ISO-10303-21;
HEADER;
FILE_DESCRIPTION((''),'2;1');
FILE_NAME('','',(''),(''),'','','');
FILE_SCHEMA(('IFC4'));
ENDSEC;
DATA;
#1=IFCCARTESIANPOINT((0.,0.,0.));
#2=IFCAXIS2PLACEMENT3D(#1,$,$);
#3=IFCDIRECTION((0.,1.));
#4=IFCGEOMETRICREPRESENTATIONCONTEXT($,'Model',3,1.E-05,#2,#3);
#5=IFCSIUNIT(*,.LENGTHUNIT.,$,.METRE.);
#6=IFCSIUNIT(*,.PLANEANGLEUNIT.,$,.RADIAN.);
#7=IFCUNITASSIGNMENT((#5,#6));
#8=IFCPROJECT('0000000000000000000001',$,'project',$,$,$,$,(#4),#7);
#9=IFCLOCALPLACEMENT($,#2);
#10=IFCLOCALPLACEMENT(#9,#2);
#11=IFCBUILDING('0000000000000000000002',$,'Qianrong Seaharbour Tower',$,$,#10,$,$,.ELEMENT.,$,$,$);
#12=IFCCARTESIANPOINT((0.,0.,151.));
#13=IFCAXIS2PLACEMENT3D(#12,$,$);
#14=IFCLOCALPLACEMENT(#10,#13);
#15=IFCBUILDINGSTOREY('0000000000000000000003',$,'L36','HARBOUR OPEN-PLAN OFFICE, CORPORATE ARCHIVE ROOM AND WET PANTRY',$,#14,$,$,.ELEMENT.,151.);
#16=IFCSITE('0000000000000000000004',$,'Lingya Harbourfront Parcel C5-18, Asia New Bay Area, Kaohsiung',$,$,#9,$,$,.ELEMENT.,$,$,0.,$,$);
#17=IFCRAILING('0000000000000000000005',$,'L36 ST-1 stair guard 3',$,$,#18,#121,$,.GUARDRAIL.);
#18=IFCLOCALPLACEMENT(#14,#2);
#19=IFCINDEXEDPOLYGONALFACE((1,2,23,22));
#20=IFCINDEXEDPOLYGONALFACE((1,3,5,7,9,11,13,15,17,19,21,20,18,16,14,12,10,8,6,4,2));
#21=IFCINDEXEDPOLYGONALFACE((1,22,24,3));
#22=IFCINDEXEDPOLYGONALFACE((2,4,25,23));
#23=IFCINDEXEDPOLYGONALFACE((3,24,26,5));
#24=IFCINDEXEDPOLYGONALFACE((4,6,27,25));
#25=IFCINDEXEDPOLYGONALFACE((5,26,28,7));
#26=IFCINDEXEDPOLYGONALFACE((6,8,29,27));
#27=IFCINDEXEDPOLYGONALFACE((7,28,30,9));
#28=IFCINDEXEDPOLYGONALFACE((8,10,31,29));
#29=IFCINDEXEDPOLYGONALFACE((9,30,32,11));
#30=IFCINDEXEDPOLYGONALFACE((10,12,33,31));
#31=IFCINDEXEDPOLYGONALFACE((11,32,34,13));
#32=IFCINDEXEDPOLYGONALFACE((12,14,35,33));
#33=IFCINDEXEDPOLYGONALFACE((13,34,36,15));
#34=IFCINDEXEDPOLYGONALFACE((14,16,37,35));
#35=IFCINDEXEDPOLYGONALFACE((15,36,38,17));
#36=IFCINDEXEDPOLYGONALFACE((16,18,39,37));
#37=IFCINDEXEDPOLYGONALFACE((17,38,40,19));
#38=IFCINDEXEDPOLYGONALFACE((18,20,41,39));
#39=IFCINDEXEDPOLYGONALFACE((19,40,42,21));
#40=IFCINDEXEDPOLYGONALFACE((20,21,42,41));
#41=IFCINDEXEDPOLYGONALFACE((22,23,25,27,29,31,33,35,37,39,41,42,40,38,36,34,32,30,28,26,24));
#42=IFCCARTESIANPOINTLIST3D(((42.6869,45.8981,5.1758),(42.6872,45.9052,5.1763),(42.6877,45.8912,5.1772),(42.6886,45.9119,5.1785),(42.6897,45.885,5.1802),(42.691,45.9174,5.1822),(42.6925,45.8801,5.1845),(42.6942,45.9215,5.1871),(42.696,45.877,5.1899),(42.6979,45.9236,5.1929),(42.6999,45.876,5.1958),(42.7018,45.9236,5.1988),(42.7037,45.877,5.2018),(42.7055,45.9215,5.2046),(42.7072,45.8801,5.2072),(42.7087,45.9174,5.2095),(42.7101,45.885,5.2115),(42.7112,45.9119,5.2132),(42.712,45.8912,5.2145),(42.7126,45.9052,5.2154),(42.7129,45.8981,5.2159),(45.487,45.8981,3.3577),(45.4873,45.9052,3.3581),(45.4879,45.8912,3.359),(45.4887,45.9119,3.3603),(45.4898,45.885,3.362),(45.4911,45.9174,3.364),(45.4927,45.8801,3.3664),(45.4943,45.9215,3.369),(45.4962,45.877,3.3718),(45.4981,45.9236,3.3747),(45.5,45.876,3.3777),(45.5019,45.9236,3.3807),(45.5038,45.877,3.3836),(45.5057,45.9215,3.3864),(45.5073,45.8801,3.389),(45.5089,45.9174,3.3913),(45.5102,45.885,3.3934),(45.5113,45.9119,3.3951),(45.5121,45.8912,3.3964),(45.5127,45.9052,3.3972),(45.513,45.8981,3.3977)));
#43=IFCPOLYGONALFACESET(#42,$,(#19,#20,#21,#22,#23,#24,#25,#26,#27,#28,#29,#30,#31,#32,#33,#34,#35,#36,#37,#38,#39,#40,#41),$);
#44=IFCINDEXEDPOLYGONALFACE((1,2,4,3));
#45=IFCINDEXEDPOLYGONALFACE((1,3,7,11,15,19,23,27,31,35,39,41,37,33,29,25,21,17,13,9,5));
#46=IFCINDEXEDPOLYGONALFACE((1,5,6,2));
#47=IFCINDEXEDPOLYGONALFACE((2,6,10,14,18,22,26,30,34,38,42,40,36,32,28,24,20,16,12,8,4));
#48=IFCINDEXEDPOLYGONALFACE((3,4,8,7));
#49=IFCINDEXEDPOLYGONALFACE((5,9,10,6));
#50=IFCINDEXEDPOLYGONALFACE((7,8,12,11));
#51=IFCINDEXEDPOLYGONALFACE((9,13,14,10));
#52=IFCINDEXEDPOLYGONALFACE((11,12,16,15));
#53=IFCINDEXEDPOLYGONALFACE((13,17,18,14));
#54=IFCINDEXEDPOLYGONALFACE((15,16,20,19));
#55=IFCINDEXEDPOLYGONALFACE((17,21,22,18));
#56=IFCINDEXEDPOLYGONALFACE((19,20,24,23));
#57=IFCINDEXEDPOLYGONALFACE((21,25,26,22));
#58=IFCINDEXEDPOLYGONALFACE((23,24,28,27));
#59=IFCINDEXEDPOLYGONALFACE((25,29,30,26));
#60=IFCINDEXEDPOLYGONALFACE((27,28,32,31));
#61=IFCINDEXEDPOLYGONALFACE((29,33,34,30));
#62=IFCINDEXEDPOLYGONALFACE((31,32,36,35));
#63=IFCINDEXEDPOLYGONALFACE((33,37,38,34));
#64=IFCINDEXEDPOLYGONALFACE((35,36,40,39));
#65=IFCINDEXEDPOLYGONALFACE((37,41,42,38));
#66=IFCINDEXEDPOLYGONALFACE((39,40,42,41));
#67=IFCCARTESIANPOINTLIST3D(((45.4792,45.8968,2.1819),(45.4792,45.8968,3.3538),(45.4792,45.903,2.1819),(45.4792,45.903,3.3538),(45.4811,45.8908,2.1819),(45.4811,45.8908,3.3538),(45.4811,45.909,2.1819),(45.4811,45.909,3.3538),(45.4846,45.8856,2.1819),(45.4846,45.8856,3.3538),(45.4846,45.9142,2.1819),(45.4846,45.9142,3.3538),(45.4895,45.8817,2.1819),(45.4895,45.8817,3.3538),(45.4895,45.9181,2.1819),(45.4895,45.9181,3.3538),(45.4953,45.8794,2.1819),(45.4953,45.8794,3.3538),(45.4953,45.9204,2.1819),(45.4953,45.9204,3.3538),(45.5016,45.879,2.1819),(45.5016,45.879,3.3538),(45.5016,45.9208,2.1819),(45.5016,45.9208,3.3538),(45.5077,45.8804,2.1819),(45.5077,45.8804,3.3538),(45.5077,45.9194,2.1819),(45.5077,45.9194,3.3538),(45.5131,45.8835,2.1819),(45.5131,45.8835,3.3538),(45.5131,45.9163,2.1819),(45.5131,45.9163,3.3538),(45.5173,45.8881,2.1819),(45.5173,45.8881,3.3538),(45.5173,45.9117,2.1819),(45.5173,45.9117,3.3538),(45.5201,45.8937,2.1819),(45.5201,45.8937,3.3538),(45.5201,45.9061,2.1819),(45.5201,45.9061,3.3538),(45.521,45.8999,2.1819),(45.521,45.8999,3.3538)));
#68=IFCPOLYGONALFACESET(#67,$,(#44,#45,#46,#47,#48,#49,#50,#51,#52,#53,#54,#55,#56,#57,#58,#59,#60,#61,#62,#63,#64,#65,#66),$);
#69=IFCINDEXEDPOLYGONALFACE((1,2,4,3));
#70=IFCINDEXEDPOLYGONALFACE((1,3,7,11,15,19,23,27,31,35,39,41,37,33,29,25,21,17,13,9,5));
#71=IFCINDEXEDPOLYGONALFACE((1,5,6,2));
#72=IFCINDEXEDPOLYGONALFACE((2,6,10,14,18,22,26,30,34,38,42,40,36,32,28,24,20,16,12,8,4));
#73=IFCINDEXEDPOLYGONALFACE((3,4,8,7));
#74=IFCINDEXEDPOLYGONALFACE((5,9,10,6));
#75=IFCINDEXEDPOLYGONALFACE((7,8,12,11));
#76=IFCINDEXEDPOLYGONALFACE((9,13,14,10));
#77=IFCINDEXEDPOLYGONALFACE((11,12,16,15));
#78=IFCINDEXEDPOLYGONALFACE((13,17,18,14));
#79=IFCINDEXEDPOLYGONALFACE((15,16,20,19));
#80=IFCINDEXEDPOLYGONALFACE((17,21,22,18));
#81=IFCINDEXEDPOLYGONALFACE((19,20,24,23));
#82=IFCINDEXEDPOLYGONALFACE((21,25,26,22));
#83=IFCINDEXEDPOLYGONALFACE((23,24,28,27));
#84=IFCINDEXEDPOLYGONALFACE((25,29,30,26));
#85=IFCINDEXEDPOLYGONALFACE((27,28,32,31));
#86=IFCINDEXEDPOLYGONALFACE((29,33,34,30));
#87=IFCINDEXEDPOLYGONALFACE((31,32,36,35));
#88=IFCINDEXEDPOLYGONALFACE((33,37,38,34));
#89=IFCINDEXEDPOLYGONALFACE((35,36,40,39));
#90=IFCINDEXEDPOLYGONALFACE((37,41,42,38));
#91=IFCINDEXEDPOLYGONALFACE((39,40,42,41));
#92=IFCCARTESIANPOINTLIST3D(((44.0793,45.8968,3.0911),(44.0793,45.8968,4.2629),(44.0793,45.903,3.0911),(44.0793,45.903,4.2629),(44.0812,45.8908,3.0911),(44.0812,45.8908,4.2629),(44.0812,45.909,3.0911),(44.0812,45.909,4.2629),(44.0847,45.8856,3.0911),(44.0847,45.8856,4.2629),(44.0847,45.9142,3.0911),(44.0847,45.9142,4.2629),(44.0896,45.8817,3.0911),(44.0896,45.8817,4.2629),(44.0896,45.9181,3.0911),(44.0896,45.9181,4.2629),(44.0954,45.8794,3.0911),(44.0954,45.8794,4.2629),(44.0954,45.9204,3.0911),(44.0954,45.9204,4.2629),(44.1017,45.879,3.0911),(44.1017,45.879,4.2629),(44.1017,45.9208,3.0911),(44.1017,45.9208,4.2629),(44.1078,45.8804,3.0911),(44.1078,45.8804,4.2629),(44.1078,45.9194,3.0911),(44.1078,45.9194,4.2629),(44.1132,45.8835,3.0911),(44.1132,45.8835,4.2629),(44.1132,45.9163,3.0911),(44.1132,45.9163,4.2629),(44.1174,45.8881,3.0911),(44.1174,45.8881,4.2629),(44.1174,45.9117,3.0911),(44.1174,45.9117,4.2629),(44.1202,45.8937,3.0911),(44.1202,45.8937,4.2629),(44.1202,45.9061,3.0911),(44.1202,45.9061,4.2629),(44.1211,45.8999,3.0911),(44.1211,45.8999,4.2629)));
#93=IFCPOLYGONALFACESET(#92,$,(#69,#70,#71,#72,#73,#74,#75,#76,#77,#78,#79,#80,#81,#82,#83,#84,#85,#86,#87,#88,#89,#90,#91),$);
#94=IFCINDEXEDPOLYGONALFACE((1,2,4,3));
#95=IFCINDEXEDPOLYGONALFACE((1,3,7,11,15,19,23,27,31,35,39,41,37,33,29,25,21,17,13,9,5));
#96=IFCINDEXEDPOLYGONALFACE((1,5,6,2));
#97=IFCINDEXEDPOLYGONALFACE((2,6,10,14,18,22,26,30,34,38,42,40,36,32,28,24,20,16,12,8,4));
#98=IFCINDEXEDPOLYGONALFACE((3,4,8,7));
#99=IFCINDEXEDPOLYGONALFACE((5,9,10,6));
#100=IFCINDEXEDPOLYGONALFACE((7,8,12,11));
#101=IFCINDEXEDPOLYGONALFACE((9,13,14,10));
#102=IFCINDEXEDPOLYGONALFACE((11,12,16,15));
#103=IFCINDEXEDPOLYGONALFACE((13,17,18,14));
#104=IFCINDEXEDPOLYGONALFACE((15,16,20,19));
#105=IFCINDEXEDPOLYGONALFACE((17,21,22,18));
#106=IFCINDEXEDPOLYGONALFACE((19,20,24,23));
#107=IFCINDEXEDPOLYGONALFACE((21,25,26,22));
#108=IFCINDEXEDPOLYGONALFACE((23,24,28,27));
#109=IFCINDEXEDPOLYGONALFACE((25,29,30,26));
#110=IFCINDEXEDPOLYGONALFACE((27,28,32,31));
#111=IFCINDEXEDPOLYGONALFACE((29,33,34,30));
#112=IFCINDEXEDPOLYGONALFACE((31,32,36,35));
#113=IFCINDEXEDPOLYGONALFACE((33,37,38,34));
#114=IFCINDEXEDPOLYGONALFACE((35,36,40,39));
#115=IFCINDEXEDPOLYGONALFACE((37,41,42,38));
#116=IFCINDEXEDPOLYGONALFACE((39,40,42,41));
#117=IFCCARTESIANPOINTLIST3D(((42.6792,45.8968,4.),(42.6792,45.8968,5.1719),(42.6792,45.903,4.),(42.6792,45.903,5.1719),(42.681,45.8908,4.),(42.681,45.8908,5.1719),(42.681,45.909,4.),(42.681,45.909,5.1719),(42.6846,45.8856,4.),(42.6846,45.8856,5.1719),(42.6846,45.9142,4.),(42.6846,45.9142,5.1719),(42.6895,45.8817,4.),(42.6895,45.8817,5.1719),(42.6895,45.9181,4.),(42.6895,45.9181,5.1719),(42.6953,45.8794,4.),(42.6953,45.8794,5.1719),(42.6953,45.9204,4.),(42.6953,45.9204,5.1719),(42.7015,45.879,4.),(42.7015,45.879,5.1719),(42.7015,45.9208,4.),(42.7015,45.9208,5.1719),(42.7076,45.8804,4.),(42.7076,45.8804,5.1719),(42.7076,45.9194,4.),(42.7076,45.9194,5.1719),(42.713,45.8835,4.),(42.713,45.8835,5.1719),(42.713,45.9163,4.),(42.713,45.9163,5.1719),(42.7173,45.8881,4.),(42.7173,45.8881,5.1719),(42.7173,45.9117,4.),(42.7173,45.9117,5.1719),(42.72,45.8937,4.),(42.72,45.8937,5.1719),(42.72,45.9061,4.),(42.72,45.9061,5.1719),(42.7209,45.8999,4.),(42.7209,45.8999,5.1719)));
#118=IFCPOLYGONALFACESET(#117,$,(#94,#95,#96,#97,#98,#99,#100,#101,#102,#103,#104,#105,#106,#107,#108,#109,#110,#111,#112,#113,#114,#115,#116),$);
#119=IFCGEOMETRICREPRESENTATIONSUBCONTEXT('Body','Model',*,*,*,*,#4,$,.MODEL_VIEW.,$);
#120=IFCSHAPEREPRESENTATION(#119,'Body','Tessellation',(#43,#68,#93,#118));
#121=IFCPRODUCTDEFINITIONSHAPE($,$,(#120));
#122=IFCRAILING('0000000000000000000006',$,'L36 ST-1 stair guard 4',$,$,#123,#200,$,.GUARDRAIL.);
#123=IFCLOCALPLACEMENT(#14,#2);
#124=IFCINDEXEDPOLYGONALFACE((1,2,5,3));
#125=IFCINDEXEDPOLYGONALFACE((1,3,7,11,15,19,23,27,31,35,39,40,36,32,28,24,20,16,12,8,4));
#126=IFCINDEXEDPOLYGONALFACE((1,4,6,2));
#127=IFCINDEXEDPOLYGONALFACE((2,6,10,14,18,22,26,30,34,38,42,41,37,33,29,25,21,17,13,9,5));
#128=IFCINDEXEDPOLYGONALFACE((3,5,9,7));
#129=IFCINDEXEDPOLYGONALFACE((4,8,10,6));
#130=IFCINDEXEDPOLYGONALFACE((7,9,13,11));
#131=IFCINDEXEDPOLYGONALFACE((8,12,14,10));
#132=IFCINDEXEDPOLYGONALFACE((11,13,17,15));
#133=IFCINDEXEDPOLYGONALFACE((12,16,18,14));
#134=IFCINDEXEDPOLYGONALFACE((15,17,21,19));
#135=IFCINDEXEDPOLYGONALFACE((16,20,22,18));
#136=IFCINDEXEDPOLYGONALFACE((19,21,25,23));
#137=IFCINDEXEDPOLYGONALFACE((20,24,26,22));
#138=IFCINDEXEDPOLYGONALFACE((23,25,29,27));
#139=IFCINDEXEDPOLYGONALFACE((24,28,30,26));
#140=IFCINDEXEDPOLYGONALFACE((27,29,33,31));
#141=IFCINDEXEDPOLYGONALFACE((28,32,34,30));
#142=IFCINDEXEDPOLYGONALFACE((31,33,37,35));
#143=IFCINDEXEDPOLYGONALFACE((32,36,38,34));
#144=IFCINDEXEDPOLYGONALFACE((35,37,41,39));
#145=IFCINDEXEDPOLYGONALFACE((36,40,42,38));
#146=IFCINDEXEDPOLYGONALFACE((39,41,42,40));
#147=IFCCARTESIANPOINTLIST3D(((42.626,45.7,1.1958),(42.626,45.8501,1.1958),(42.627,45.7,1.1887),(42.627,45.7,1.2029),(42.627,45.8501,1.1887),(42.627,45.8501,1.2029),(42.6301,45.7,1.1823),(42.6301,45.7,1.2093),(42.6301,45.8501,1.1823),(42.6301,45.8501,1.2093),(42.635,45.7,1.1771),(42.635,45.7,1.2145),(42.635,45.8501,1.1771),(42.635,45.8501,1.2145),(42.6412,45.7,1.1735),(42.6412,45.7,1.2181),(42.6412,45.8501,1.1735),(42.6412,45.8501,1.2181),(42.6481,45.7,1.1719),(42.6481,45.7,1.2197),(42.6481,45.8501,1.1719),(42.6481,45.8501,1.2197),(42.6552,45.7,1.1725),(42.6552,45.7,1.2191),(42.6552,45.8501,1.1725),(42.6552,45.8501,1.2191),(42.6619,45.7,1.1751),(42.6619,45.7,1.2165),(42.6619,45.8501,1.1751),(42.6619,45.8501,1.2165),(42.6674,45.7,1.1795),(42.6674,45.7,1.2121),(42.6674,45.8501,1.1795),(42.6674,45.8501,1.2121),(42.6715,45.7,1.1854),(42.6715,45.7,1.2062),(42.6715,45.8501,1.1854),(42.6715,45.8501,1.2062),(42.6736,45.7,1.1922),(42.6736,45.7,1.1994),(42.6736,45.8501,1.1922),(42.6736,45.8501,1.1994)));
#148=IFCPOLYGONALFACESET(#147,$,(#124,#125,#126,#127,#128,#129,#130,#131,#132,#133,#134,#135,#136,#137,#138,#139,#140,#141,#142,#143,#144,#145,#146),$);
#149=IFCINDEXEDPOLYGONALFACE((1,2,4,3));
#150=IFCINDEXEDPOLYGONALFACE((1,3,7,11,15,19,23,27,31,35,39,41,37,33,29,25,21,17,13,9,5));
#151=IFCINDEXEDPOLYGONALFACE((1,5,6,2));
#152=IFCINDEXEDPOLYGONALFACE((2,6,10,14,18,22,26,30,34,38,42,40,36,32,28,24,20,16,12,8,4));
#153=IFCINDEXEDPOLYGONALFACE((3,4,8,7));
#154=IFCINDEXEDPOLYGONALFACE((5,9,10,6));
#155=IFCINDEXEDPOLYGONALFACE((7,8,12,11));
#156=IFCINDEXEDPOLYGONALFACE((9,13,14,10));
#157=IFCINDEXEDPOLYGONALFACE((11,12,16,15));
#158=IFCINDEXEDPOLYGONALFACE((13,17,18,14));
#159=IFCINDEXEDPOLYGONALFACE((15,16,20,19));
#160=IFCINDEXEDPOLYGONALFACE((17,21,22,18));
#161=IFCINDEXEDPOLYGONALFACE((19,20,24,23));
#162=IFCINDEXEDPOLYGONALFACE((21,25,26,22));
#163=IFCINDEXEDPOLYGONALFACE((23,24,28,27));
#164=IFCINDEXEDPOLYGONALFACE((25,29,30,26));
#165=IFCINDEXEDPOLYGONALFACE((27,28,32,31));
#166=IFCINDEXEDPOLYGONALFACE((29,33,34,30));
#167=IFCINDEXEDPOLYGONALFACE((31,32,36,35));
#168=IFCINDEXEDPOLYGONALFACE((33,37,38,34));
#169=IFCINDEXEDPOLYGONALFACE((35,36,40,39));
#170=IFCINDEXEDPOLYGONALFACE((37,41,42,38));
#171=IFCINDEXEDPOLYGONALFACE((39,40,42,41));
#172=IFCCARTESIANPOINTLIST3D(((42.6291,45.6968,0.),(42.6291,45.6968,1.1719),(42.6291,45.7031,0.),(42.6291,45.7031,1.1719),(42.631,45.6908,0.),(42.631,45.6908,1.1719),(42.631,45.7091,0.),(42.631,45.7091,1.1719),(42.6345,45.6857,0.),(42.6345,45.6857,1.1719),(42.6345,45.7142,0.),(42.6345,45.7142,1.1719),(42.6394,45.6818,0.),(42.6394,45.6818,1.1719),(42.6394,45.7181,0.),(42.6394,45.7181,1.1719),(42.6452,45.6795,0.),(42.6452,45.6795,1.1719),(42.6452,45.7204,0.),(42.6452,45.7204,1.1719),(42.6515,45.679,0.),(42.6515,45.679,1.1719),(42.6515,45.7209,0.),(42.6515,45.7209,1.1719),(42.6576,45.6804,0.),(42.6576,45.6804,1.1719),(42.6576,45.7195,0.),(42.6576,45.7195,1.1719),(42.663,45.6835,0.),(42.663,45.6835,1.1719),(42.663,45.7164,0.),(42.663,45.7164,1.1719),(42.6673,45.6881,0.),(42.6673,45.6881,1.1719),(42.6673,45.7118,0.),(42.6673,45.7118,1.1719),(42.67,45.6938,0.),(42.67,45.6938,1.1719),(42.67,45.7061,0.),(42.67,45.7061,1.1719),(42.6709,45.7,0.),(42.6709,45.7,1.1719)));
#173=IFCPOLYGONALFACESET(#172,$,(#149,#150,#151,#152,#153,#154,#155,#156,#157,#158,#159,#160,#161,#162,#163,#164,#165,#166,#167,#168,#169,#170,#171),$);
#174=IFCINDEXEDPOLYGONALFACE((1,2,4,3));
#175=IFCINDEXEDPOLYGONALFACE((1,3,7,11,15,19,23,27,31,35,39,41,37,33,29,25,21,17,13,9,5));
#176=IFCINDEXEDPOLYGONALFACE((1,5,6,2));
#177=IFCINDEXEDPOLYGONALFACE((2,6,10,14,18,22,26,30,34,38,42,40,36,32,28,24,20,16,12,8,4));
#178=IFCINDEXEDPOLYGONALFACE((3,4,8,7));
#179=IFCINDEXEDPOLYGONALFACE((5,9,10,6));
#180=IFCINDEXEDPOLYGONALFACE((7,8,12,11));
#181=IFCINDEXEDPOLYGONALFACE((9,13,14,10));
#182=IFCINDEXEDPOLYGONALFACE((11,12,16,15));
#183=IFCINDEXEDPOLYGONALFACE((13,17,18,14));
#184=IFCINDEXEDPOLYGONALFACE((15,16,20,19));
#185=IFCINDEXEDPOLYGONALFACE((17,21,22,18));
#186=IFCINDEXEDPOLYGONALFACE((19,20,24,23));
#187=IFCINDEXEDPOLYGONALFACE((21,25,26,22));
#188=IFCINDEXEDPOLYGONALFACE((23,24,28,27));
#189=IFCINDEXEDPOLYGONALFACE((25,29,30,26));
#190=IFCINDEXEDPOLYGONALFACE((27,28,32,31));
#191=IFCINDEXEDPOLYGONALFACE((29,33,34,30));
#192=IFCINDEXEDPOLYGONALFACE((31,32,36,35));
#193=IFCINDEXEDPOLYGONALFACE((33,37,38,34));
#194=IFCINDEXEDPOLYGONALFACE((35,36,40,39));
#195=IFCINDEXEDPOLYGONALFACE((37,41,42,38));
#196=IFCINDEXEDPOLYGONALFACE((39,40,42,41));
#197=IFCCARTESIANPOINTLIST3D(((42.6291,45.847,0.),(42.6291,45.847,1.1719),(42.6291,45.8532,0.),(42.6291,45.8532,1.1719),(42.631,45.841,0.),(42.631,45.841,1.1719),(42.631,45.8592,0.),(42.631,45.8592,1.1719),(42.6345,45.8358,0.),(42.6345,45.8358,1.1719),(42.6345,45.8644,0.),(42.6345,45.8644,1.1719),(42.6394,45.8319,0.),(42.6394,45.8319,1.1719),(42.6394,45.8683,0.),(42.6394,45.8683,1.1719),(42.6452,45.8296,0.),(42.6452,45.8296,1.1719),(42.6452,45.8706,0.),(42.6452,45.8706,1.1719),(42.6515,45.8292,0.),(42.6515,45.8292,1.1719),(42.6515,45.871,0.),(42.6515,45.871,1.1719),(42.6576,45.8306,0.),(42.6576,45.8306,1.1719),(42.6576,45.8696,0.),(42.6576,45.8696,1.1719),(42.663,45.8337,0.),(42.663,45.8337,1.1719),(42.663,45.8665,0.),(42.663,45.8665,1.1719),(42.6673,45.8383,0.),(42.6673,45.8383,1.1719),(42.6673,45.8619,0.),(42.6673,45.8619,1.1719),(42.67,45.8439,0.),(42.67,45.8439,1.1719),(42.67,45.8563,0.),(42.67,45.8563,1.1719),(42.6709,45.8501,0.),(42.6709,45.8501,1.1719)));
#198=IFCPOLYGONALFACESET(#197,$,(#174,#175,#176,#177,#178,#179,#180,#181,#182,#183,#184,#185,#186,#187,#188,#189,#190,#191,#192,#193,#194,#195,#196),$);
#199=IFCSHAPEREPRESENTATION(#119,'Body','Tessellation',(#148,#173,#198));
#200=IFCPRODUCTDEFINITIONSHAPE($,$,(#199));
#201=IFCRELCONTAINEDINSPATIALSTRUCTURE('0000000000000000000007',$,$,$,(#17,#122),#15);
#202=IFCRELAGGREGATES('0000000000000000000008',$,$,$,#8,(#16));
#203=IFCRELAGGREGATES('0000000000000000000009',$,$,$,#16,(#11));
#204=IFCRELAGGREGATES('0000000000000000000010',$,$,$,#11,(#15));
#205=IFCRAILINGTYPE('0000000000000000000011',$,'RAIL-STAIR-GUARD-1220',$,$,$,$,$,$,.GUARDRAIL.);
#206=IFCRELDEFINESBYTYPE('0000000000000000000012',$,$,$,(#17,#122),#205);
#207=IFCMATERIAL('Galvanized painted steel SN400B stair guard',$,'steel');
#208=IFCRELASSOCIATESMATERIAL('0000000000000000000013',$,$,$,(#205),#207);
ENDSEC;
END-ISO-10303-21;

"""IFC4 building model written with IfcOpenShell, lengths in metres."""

from ifc_helpers import new_model, si_unit, direction, frame, origin, origin_2d, place, context, subcontext, project, spatial, circle, extrude, material, type_object, element, save


model = new_model("IFC4")

# Units and contexts
model_context = context("Model", 3, precision=1e-05, world=origin(), true_north=direction((0.0, 1.0)))
body_context = subcontext(model_context, "Body", "Model", "MODEL_VIEW")
ifc_project = project(units=[si_unit("LENGTHUNIT", "METRE"), si_unit("PLANEANGLEUNIT", "RADIAN")], contexts=[model_context])

# Site, building, storey
site_placement = place(None, origin())
site = spatial("IfcSite", under=ifc_project, at=site_placement, Name="Lingya Harbourfront Parcel C5-18, Asia New Bay Area, Kaohsiung", CompositionType="ELEMENT", RefElevation=0.0)
building_placement = place(site_placement, origin())
building = spatial("IfcBuilding", under=site, at=building_placement, Name="Qianrong Seaharbour Tower", CompositionType="ELEMENT")
storey_placement = place(building_placement, frame((0.0, 0.0, 151.0)))
storey = spatial("IfcBuildingStorey", under=building, at=storey_placement, Name="L36", Description="HARBOUR OPEN-PLAN OFFICE, CORPORATE ARCHIVE ROOM AND WET PANTRY", CompositionType="ELEMENT", Elevation=151.0)

# Railings
ifc_material_1 = material(Name="Galvanized painted steel SN400B stair guard", Category="steel")
railing_type_1 = type_object("IfcRailingType", Name="RAIL-STAIR-GUARD-1220", PredefinedType="GUARDRAIL", material=ifc_material_1)
railing_1_placement = place(storey_placement, frame((45.5, 45.8999, 2.1819)))
element("IfcRailing", 1, at=railing_1_placement, inside=storey, type_object=railing_type_1, Name="L36 ST-1 stair guard 3", PredefinedType="GUARDRAIL", context=body_context, shape_type="SweptSolid", body=[
    extrude(circle(Radius=0.0239, at=origin_2d()), frame((0.0, 0.0, 1.1958), z_axis=(-0.838706, 0.0, 0.544585), x_axis=(0.0, -1.0, 0.0)), (0.0, 0.0, 1.0), 3.3386),
    extrude(circle(Radius=0.021, at=origin_2d()), origin(), (0.0, 0.0, 1.0), 1.1719),
    extrude(circle(Radius=0.021, at=origin_2d()), frame((-1.3999, 0.0, 0.9092)), (0.0, 0.0, 1.0), 1.1719),
    extrude(circle(Radius=0.021, at=origin_2d()), frame((-2.8, 0.0, 1.8181)), (0.0, 0.0, 1.0), 1.1719),
])
railing_2_placement = place(storey_placement, frame((42.6499, 45.7, 0.0)))
element("IfcRailing", 2, at=railing_2_placement, inside=storey, type_object=railing_type_1, Name="L36 ST-1 stair guard 4", PredefinedType="GUARDRAIL", context=body_context, shape_type="SweptSolid", body=[
    extrude(circle(Radius=0.0239, at=origin_2d()), frame((0.0, 0.0, 1.1958), z_axis=(0.0, 1.0, 0.0), x_axis=(-1.0, 0.0, 0.0)), (0.0, 0.0, 1.0), 0.1501),
    extrude(circle(Radius=0.021, at=origin_2d()), origin(), (0.0, 0.0, 1.0), 1.1719),
    extrude(circle(Radius=0.021, at=origin_2d()), frame((0.0, 0.1501, 0.0)), (0.0, 0.0, 1.0), 1.1719),
])

save(model, "model.ifc")
